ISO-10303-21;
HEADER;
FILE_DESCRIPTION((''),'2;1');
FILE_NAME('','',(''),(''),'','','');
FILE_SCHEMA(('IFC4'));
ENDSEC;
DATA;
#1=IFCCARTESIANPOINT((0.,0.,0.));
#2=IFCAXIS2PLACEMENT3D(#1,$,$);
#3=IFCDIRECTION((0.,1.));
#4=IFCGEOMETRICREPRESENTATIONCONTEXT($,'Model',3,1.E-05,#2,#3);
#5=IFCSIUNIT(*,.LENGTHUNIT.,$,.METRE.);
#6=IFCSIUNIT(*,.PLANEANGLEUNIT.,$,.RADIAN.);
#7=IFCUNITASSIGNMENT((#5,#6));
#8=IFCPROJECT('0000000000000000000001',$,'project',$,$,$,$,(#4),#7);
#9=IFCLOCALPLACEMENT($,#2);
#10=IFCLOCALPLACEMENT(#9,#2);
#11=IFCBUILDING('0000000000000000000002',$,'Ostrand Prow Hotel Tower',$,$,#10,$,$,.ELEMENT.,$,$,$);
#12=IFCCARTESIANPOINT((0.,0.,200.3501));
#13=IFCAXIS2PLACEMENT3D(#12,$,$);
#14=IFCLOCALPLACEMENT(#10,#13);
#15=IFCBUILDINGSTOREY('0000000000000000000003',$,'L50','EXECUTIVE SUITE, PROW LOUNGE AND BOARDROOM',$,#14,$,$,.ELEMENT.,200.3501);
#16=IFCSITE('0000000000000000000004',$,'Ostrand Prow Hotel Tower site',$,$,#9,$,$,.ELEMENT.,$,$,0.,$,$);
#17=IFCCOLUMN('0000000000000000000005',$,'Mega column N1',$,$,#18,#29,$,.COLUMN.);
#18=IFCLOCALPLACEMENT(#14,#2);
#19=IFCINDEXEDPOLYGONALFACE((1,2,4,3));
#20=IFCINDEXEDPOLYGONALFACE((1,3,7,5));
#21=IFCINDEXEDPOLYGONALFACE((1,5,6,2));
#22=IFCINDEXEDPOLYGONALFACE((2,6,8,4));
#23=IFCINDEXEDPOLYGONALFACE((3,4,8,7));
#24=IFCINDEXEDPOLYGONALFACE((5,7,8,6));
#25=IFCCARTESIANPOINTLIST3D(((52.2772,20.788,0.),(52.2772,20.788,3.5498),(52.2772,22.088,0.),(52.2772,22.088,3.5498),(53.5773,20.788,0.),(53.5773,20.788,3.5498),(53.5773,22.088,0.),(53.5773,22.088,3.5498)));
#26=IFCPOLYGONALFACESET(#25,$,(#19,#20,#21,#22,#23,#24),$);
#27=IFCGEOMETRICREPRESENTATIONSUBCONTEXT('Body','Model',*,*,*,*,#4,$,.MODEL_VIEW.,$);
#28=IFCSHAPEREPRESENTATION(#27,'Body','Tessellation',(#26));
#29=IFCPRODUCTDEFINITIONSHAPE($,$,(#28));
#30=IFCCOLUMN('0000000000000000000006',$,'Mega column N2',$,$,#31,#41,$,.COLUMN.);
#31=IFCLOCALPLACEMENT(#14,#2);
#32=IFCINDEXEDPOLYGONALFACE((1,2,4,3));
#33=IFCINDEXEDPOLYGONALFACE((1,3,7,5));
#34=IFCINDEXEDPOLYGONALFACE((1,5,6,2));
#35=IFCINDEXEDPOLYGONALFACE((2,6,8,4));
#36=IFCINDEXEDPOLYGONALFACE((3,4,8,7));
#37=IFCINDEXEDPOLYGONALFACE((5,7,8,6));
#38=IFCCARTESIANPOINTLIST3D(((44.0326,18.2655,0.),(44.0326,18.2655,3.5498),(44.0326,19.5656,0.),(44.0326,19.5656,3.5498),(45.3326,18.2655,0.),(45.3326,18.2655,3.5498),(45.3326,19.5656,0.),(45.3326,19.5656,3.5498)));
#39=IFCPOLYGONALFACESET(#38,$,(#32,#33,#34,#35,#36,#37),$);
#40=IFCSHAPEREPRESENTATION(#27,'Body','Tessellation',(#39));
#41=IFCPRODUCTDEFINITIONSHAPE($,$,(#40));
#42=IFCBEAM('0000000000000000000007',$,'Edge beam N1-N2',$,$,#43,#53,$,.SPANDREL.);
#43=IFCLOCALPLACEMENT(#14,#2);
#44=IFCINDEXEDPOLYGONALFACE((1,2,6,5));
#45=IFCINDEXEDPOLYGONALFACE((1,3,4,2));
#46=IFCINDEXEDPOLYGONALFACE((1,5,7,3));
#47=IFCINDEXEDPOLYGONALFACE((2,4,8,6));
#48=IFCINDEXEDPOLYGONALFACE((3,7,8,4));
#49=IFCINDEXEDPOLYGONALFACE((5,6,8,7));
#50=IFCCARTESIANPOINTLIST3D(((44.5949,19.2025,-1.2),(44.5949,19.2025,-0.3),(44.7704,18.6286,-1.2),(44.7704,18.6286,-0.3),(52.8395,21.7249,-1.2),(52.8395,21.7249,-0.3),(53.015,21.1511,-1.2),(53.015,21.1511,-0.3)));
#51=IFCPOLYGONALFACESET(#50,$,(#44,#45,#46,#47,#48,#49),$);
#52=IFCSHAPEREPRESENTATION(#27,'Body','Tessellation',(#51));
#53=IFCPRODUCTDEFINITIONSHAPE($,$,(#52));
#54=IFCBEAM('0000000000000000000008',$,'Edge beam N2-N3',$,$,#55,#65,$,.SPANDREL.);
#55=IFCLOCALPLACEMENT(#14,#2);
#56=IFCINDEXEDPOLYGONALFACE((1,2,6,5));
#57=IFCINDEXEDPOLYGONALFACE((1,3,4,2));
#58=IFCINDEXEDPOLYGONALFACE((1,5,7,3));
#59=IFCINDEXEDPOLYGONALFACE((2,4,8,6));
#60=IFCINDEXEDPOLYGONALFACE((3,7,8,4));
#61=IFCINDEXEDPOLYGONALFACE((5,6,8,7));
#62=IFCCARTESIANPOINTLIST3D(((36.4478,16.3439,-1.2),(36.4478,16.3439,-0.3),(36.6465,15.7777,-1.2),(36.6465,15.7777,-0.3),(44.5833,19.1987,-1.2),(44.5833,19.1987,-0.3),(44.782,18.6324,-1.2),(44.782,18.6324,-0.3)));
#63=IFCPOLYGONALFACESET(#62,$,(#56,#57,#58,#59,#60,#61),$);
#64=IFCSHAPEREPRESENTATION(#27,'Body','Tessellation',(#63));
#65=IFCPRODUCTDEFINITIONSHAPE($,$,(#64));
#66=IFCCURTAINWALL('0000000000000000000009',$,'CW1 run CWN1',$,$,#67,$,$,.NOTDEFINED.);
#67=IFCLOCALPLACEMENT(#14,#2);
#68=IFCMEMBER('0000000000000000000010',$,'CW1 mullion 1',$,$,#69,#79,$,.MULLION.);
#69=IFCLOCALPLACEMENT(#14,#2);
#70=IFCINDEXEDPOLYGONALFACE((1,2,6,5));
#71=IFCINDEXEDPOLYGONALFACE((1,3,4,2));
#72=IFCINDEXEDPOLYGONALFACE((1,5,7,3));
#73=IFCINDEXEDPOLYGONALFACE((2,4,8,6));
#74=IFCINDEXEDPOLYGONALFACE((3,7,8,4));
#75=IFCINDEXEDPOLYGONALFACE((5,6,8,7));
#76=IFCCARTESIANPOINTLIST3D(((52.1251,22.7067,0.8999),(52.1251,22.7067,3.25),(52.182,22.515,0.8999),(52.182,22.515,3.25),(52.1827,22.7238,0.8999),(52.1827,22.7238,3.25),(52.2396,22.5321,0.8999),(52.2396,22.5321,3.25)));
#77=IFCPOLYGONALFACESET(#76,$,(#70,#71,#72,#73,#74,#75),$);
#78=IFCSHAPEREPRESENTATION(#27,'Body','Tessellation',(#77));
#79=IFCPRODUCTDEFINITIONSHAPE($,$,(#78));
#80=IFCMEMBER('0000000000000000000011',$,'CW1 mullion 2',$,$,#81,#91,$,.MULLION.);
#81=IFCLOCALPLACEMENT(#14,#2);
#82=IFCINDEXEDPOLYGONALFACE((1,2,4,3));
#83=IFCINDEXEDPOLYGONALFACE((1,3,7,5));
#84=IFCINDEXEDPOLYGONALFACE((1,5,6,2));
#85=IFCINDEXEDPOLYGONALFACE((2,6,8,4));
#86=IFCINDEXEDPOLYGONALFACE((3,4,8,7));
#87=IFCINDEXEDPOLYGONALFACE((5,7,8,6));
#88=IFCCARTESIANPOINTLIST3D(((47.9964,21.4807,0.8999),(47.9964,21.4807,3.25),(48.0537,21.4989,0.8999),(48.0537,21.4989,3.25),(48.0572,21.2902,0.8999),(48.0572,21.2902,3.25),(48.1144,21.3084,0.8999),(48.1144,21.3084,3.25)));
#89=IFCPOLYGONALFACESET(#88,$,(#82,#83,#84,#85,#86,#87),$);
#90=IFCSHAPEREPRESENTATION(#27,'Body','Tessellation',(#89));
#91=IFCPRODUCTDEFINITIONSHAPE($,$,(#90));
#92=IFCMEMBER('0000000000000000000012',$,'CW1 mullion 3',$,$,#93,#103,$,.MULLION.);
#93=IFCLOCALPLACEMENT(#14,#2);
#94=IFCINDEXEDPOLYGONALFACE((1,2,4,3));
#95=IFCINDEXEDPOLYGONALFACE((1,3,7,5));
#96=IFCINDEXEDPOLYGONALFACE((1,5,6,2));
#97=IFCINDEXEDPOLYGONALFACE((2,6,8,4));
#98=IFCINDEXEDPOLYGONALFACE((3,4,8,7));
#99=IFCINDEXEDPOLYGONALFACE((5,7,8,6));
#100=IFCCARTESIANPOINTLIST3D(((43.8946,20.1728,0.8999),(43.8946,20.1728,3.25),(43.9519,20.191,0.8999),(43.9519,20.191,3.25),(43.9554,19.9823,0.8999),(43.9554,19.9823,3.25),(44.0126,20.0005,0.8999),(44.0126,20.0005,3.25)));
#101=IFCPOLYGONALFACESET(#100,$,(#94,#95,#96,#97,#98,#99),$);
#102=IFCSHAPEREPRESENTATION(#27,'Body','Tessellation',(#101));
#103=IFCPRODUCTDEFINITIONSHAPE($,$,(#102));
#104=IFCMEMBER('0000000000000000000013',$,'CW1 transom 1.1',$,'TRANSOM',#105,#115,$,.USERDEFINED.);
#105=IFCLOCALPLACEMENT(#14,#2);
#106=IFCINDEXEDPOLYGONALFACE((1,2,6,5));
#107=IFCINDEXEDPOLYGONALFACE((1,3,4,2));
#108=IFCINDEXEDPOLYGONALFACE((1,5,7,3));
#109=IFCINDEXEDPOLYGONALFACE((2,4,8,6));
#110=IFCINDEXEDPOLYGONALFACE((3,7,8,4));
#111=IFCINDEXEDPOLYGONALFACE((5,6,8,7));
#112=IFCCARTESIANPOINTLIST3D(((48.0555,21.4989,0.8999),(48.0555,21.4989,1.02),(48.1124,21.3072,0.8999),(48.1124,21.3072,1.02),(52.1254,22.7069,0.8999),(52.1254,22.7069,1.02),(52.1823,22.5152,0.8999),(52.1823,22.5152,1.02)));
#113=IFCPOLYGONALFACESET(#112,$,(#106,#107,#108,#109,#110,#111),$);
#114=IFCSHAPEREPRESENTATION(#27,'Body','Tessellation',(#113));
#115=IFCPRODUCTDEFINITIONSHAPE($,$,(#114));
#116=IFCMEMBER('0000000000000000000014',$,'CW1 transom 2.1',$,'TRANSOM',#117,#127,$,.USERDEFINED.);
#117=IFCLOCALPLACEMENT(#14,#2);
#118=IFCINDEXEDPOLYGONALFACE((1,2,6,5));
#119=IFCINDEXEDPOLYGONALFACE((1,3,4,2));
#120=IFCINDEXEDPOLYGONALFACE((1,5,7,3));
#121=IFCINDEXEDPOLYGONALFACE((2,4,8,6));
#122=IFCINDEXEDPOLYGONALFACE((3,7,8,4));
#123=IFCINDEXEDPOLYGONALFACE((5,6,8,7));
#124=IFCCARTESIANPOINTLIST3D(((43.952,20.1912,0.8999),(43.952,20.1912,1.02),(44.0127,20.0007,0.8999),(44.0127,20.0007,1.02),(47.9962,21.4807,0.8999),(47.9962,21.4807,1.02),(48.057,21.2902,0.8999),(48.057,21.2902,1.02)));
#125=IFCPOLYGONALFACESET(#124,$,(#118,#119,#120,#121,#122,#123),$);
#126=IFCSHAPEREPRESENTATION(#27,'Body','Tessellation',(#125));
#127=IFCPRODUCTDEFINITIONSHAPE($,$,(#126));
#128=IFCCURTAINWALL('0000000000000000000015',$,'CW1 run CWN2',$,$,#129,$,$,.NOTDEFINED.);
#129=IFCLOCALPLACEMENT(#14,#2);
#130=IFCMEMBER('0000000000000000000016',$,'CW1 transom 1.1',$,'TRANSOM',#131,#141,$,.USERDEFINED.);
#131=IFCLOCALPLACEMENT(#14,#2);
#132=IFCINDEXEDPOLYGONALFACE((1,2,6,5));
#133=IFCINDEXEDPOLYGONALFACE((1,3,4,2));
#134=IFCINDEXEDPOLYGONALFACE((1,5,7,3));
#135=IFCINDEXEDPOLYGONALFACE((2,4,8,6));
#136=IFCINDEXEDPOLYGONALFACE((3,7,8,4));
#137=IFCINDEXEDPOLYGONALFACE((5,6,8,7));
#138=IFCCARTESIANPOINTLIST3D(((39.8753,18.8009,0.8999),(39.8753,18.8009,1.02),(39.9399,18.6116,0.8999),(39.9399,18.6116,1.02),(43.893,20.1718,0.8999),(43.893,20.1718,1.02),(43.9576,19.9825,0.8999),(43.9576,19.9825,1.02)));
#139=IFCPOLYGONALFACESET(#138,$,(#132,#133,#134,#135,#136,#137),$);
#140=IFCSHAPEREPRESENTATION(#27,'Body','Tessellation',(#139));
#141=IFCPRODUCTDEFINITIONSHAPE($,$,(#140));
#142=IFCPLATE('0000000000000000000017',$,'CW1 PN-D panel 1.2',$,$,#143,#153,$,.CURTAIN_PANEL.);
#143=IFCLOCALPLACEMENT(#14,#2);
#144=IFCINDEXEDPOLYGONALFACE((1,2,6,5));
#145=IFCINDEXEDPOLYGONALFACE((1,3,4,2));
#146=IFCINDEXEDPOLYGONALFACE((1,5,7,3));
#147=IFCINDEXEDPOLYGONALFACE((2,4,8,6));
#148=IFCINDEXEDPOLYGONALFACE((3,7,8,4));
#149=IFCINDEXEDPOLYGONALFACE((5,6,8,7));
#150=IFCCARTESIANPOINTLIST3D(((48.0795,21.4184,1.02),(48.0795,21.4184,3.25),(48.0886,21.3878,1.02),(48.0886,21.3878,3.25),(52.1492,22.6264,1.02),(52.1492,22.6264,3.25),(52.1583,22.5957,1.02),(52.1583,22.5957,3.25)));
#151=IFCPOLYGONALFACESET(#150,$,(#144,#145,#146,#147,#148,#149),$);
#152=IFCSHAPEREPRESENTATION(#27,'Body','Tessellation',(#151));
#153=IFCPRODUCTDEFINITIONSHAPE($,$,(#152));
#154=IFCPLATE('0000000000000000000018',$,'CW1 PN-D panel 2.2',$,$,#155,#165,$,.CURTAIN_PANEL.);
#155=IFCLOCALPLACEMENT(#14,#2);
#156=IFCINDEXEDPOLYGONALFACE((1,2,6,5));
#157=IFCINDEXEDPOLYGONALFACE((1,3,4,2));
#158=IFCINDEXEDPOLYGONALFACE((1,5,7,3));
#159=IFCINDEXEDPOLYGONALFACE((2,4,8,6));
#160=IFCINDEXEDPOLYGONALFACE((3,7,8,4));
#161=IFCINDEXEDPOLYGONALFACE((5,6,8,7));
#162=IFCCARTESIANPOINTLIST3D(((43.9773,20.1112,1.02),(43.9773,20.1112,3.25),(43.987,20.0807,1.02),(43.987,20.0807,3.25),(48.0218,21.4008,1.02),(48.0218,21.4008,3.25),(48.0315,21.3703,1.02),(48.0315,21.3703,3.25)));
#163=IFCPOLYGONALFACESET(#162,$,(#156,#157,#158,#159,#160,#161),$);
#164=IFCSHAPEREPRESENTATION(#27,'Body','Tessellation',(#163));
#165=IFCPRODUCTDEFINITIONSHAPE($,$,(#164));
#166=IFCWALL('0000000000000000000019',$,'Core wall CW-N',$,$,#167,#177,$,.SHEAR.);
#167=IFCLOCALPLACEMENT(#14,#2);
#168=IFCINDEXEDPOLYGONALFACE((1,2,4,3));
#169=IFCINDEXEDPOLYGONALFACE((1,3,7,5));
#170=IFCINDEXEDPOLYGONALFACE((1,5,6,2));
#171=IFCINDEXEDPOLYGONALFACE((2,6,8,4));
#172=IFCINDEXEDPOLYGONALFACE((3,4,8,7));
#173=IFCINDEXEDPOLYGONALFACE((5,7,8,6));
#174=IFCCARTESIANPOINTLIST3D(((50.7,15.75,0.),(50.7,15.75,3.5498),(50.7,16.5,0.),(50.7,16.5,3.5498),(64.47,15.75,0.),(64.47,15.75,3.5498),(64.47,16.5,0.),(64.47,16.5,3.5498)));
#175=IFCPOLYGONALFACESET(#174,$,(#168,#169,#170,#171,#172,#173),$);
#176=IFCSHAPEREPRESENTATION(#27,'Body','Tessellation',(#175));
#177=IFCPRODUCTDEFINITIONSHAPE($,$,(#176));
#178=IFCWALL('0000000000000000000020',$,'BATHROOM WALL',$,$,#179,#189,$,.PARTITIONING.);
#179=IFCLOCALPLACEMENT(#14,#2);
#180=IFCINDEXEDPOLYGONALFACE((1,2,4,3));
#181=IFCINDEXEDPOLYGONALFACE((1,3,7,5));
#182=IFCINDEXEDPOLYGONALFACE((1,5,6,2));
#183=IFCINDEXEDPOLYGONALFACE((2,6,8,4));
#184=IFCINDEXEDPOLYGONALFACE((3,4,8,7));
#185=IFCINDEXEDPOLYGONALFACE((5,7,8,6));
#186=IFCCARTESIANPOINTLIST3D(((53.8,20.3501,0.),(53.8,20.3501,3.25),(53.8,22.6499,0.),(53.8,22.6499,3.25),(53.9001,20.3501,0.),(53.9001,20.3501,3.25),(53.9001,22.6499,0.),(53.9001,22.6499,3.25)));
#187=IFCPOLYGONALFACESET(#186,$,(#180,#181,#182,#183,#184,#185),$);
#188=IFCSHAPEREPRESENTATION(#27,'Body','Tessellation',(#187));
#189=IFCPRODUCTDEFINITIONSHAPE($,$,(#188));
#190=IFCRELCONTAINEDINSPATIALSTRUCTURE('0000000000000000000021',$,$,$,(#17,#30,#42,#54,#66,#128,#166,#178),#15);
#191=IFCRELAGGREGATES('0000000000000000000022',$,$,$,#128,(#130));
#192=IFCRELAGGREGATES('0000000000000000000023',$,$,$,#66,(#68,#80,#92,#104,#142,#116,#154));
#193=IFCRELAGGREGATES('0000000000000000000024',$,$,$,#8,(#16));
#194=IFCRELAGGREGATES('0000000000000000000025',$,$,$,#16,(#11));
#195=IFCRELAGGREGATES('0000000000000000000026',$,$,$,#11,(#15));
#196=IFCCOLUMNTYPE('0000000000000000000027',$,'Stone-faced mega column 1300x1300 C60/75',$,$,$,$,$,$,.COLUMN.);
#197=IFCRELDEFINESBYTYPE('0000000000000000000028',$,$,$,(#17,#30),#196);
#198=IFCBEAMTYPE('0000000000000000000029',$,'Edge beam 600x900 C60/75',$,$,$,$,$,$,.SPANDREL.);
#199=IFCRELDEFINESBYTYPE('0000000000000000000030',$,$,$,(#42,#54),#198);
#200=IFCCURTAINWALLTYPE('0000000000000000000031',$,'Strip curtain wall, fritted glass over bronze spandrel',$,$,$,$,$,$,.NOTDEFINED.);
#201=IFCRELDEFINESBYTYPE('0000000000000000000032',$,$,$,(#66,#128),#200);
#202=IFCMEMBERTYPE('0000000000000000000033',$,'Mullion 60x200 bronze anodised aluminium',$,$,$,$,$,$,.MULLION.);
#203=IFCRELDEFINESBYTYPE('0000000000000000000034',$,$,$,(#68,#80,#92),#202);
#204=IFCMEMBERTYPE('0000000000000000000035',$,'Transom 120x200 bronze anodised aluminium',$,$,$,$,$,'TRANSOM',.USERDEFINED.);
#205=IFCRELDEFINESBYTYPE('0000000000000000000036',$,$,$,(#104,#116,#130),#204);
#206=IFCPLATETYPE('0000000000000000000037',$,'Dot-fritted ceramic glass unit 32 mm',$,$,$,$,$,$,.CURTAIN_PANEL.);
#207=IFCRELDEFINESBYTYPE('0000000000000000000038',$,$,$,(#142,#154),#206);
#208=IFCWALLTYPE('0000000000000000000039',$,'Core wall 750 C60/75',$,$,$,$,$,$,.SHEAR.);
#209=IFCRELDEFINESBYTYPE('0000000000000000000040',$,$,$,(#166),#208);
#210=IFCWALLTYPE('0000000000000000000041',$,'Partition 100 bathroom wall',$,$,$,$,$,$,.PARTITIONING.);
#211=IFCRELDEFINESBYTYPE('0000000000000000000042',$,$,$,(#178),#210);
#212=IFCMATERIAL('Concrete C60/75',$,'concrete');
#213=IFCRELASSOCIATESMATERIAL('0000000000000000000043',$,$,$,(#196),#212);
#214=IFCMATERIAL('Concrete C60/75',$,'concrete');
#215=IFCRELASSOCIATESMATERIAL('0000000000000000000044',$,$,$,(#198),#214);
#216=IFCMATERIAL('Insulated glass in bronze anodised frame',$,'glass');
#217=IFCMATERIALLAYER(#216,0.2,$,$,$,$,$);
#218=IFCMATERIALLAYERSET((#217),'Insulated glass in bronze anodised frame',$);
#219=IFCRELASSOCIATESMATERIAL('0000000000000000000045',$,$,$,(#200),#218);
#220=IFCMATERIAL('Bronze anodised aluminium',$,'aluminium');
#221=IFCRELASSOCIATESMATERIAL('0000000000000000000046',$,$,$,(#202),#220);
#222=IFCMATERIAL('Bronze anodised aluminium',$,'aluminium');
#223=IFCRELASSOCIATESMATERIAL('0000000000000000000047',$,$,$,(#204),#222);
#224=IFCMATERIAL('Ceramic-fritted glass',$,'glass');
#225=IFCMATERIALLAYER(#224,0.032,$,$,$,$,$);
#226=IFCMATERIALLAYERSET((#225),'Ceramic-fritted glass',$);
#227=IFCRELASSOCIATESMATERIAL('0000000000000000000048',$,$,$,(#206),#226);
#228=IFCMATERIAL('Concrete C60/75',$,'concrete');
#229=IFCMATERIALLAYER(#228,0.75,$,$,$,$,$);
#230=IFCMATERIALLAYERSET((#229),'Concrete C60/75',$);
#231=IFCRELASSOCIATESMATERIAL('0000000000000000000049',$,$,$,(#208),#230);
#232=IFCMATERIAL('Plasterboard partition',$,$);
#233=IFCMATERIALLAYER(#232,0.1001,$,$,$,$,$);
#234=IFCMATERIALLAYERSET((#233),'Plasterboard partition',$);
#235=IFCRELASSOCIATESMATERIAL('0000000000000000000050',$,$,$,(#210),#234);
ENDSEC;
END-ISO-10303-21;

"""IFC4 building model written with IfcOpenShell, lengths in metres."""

from ifc_helpers import new_model, si_unit, direction, frame, frame_2d, origin, origin_2d, place, context, subcontext, project, spatial, rectangle, extrude, material, layer, layer_set, material_profile, profile_set, type_object, element, aggregate, save


model = new_model("IFC4")

# Units and contexts
model_context = context("Model", 3, precision=1e-05, world=origin(), true_north=direction((0.0, 1.0)))
body_context = subcontext(model_context, "Body", "Model", "MODEL_VIEW")
ifc_project = project(units=[si_unit("LENGTHUNIT", "METRE"), si_unit("PLANEANGLEUNIT", "RADIAN")], contexts=[model_context])

# Site, building, storey
site_placement = place(None, origin())
site = spatial("IfcSite", under=ifc_project, at=site_placement, Name="Ostrand Prow Hotel Tower site", CompositionType="ELEMENT", RefElevation=0.0)
building_placement = place(site_placement, origin())
building = spatial("IfcBuilding", under=site, at=building_placement, Name="Ostrand Prow Hotel Tower", CompositionType="ELEMENT")
storey_placement = place(building_placement, frame((0.0, 0.0, 200.3501)))
storey = spatial("IfcBuildingStorey", under=building, at=storey_placement, Name="L50", Description="EXECUTIVE SUITE, PROW LOUNGE AND BOARDROOM", CompositionType="ELEMENT", Elevation=200.3501)

# Columns
ifc_material_1 = material(Name="Concrete C60/75", Category="concrete")
ifc_material_profile_1 = material_profile(ifc_material_1, rectangle(XDim=1.3, YDim=1.3, at=origin_2d()), Name="RC 1300x1300")
ifc_profile_set_1 = profile_set([ifc_material_profile_1], Name="Concrete C60/75")
column_type = type_object("IfcColumnType", Name="Stone-faced mega column 1300x1300 C60/75", PredefinedType="COLUMN", material=ifc_profile_set_1)
for number, where, z_axis, x_axis, name in (
    (1, (52.9272, 21.438, 0.0), (0.0, 0.0, 1.0), (1.0, 0.0, 0.0), "Mega column N1"),
    (2, (44.6826, 18.9155, 0.0), (0.0, 0.0, 1.0), (1.0, 0.0, 0.0), "Mega column N2"),
):
    element("IfcColumn", number, at=place(storey_placement, frame(where, z_axis=z_axis, x_axis=x_axis)), inside=storey, type_object=column_type, Name=name, PredefinedType="COLUMN", context=body_context, shape_type="SweptSolid", body=[
        extrude(rectangle(XDim=1.3, YDim=1.3, at=origin_2d()), origin(), (0.0, 0.0, 1.0), 3.5498),
    ])

# Beams
ifc_material_2 = material(Name="Concrete C60/75", Category="concrete")
ifc_material_profile_2 = material_profile(ifc_material_2, rectangle(XDim=0.6001, YDim=0.8999, at=origin_2d()), Name="RC 600x900")
ifc_profile_set_2 = profile_set([ifc_material_profile_2], Name="Concrete C60/75")
beam_type = type_object("IfcBeamType", Name="Edge beam 600x900 C60/75", PredefinedType="SPANDREL", material=ifc_profile_set_2)
for number, where, z_axis, x_axis, name in (
    (3, (52.9272, 21.438, -0.75), (-0.956246, -0.292565, 0.0), (0.292565, -0.956246, 0.0), "Edge beam N1-N2"),
    (4, (44.6826, 18.9155, -0.75), (-0.943594, -0.331106, 0.0), (0.331106, -0.943594, 0.0), "Edge beam N2-N3"),
):
    element("IfcBeam", number, at=place(storey_placement, frame(where, z_axis=z_axis, x_axis=x_axis)), inside=storey, type_object=beam_type, Name=name, PredefinedType="SPANDREL", context=body_context, shape_type="SweptSolid", body=[
        extrude(rectangle(XDim=0.6001, YDim=0.8999, at=origin_2d()), origin(), (0.0, 0.0, 1.0), 8.6218),
    ])

# Curtain wall, members
ifc_material_3 = material(Name="Insulated glass in bronze anodised frame", Category="glass")
ifc_layer_1 = layer(ifc_material_3, 0.2)
ifc_layer_set_1 = layer_set([ifc_layer_1], Name="Insulated glass in bronze anodised frame")
curtain_wall_type = type_object("IfcCurtainWallType", Name="Strip curtain wall, fritted glass over bronze spandrel", PredefinedType="NOTDEFINED", material=ifc_layer_set_1)
curtain_wall_1_placement = place(storey_placement, origin())
curtain_wall_1 = element("IfcCurtainWall", 5, at=curtain_wall_1_placement, inside=storey, type_object=curtain_wall_type, Name="CW1 run CWN1", PredefinedType="NOTDEFINED")
ifc_material_4 = material(Name="Bronze anodised aluminium", Category="aluminium")
ifc_material_profile_3 = material_profile(ifc_material_4, rectangle(XDim=0.2, YDim=0.0601, at=origin_2d()), Name="Mullion 60x200 bronze anodised aluminium")
ifc_profile_set_3 = profile_set([ifc_material_profile_3], Name="Bronze anodised aluminium")
member_type_1 = type_object("IfcMemberType", Name="Mullion 60x200 bronze anodised aluminium", PredefinedType="MULLION", material=ifc_profile_set_3)
member_1_placement = place(storey_placement, frame((52.1824, 22.6194, 0.8999), z_axis=(0.0, 0.0, 1.0), x_axis=(0.284544, -0.958663, 0.0)))
member_1 = element("IfcMember", 6, at=member_1_placement, type_object=member_type_1, Name="CW1 mullion 1", PredefinedType="MULLION", context=body_context, shape_type="SweptSolid", body=[
    extrude(rectangle(XDim=0.2, YDim=0.0601, at=origin_2d()), origin(), (0.0, 0.0, 1.0), 2.3501),
])
member_2_placement = place(storey_placement, frame((48.0554, 21.3945, 0.8999), z_axis=(0.0, 0.0, 1.0), x_axis=(0.303787, -0.95274, 0.0)))
member_2 = element("IfcMember", 7, at=member_2_placement, type_object=member_type_1, Name="CW1 mullion 2", PredefinedType="MULLION", context=body_context, shape_type="SweptSolid", body=[
    extrude(rectangle(XDim=0.2, YDim=0.0601, at=origin_2d()), origin(), (0.0, 0.0, 1.0), 2.3501),
])
member_3_placement = place(storey_placement, frame((43.9536, 20.0867, 0.8999), z_axis=(0.0, 0.0, 1.0), x_axis=(0.303787, -0.95274, 0.0)))
member_3 = element("IfcMember", 8, at=member_3_placement, type_object=member_type_1, Name="CW1 mullion 3", PredefinedType="MULLION", context=body_context, shape_type="SweptSolid", body=[
    extrude(rectangle(XDim=0.2, YDim=0.0601, at=origin_2d()), origin(), (0.0, 0.0, 1.0), 2.3501),
])
ifc_material_5 = material(Name="Bronze anodised aluminium", Category="aluminium")
ifc_material_profile_4 = material_profile(ifc_material_5, rectangle(XDim=0.2, YDim=0.1201, at=origin_2d()), Name="Transom 120x200 bronze anodised aluminium")
ifc_profile_set_4 = profile_set([ifc_material_profile_4], Name="Bronze anodised aluminium")
member_type_2 = type_object("IfcMemberType", Name="Transom 120x200 bronze anodised aluminium", ElementType="TRANSOM", PredefinedType="USERDEFINED", material=ifc_profile_set_4)
member_4_placement = place(storey_placement, frame((52.1538, 22.6111, 0.96), z_axis=(-0.958661, -0.28455, 0.0), x_axis=(0.28455, -0.958661, 0.0)))
member_4 = element("IfcMember", 9, at=member_4_placement, type_object=member_type_2, Name="CW1 transom 1.1", ObjectType="TRANSOM", PredefinedType="USERDEFINED", context=body_context, shape_type="SweptSolid", body=[
    extrude(rectangle(XDim=0.2, YDim=0.1201, at=origin_2d()), origin(), (0.0, 0.0, 1.0), 4.2454),
])
member_5_placement = place(storey_placement, frame((48.0266, 21.3855, 0.96), z_axis=(-0.952738, -0.303795, 0.0), x_axis=(0.303795, -0.952738, 0.0)))
member_5 = element("IfcMember", 10, at=member_5_placement, type_object=member_type_2, Name="CW1 transom 2.1", ObjectType="TRANSOM", PredefinedType="USERDEFINED", context=body_context, shape_type="SweptSolid", body=[
    extrude(rectangle(XDim=0.2, YDim=0.1201, at=origin_2d()), origin(), (0.0, 0.0, 1.0), 4.2449),
])

# Curtain wall, member
curtain_wall_2_placement = place(storey_placement, origin())
curtain_wall_2 = element("IfcCurtainWall", 11, at=curtain_wall_2_placement, inside=storey, type_object=curtain_wall_type, Name="CW1 run CWN2", PredefinedType="NOTDEFINED")
member_6_placement = place(storey_placement, frame((43.9253, 20.0771, 0.96), z_axis=(-0.946422, -0.322932, 0.0), x_axis=(0.322932, -0.946422, 0.0)))
member_6 = element("IfcMember", 12, at=member_6_placement, type_object=member_type_2, Name="CW1 transom 1.1", ObjectType="TRANSOM", PredefinedType="USERDEFINED", context=body_context, shape_type="SweptSolid", body=[
    extrude(rectangle(XDim=0.2, YDim=0.1201, at=origin_2d()), origin(), (0.0, 0.0, 1.0), 4.2451),
])
aggregate(curtain_wall_2, [member_6])

# Plates
ifc_material_6 = material(Name="Ceramic-fritted glass", Category="glass")
ifc_layer_2 = layer(ifc_material_6, 0.032)
ifc_layer_set_2 = layer_set([ifc_layer_2], Name="Ceramic-fritted glass")
plate_type = type_object("IfcPlateType", Name="Dot-fritted ceramic glass unit 32 mm", PredefinedType="CURTAIN_PANEL", material=ifc_layer_set_2)
plate_1_placement = place(storey_placement, frame((50.1189, 22.0071, 1.02), z_axis=(0.0, 0.0, 1.0), x_axis=(-0.958663, -0.284544, 0.0)))
plate_1 = element("IfcPlate", 13, at=plate_1_placement, type_object=plate_type, Name="CW1 PN-D panel 1.2", PredefinedType="CURTAIN_PANEL", context=body_context, shape_type="SweptSolid", body=[
    extrude(rectangle(XDim=4.2451, YDim=0.032, at=origin_2d()), origin(), (0.0, 0.0, 1.0), 2.23),
])
plate_2_placement = place(storey_placement, frame((46.0044, 20.7407, 1.02), z_axis=(0.0, 0.0, 1.0), x_axis=(-0.95274, -0.303787, 0.0)))
plate_2 = element("IfcPlate", 14, at=plate_2_placement, type_object=plate_type, Name="CW1 PN-D panel 2.2", PredefinedType="CURTAIN_PANEL", context=body_context, shape_type="SweptSolid", body=[
    extrude(rectangle(XDim=4.2451, YDim=0.032, at=origin_2d()), origin(), (0.0, 0.0, 1.0), 2.23),
])
aggregate(curtain_wall_1, [member_1, member_2, member_3, member_4, plate_1, member_5, plate_2])

# Walls
ifc_material_7 = material(Name="Concrete C60/75", Category="concrete")
ifc_layer_3 = layer(ifc_material_7, 0.75)
ifc_layer_set_3 = layer_set([ifc_layer_3], Name="Concrete C60/75")
wall_type_1 = type_object("IfcWallType", Name="Core wall 750 C60/75", PredefinedType="SHEAR", material=ifc_layer_set_3)
wall_1_placement = place(storey_placement, frame((50.7, 16.125, 0.0), z_axis=(0.0, 0.0, 1.0), x_axis=(1.0, 0.0, 0.0)))
element("IfcWall", 15, at=wall_1_placement, inside=storey, type_object=wall_type_1, Name="Core wall CW-N", PredefinedType="SHEAR", context=body_context, shape_type="SweptSolid", body=[
    extrude(rectangle(XDim=13.77, YDim=0.75, at=frame_2d((6.885, 0.0))), origin(), (0.0, 0.0, 1.0), 3.5498),
])
ifc_material_8 = material(Name="Plasterboard partition")
ifc_layer_4 = layer(ifc_material_8, 0.1001)
ifc_layer_set_4 = layer_set([ifc_layer_4], Name="Plasterboard partition")
wall_type_2 = type_object("IfcWallType", Name="Partition 100 bathroom wall", PredefinedType="PARTITIONING", material=ifc_layer_set_4)
wall_2_placement = place(storey_placement, frame((53.8501, 20.3501, 0.0), z_axis=(0.0, 0.0, 1.0), x_axis=(0.0, 1.0, 0.0)))
element("IfcWall", 16, at=wall_2_placement, inside=storey, type_object=wall_type_2, Name="BATHROOM WALL", PredefinedType="PARTITIONING", context=body_context, shape_type="SweptSolid", body=[
    extrude(rectangle(XDim=2.2998, YDim=0.1001, at=frame_2d((1.1499, 0.0))), origin(), (0.0, 0.0, 1.0), 3.25),
])

save(model, "model.ifc")
